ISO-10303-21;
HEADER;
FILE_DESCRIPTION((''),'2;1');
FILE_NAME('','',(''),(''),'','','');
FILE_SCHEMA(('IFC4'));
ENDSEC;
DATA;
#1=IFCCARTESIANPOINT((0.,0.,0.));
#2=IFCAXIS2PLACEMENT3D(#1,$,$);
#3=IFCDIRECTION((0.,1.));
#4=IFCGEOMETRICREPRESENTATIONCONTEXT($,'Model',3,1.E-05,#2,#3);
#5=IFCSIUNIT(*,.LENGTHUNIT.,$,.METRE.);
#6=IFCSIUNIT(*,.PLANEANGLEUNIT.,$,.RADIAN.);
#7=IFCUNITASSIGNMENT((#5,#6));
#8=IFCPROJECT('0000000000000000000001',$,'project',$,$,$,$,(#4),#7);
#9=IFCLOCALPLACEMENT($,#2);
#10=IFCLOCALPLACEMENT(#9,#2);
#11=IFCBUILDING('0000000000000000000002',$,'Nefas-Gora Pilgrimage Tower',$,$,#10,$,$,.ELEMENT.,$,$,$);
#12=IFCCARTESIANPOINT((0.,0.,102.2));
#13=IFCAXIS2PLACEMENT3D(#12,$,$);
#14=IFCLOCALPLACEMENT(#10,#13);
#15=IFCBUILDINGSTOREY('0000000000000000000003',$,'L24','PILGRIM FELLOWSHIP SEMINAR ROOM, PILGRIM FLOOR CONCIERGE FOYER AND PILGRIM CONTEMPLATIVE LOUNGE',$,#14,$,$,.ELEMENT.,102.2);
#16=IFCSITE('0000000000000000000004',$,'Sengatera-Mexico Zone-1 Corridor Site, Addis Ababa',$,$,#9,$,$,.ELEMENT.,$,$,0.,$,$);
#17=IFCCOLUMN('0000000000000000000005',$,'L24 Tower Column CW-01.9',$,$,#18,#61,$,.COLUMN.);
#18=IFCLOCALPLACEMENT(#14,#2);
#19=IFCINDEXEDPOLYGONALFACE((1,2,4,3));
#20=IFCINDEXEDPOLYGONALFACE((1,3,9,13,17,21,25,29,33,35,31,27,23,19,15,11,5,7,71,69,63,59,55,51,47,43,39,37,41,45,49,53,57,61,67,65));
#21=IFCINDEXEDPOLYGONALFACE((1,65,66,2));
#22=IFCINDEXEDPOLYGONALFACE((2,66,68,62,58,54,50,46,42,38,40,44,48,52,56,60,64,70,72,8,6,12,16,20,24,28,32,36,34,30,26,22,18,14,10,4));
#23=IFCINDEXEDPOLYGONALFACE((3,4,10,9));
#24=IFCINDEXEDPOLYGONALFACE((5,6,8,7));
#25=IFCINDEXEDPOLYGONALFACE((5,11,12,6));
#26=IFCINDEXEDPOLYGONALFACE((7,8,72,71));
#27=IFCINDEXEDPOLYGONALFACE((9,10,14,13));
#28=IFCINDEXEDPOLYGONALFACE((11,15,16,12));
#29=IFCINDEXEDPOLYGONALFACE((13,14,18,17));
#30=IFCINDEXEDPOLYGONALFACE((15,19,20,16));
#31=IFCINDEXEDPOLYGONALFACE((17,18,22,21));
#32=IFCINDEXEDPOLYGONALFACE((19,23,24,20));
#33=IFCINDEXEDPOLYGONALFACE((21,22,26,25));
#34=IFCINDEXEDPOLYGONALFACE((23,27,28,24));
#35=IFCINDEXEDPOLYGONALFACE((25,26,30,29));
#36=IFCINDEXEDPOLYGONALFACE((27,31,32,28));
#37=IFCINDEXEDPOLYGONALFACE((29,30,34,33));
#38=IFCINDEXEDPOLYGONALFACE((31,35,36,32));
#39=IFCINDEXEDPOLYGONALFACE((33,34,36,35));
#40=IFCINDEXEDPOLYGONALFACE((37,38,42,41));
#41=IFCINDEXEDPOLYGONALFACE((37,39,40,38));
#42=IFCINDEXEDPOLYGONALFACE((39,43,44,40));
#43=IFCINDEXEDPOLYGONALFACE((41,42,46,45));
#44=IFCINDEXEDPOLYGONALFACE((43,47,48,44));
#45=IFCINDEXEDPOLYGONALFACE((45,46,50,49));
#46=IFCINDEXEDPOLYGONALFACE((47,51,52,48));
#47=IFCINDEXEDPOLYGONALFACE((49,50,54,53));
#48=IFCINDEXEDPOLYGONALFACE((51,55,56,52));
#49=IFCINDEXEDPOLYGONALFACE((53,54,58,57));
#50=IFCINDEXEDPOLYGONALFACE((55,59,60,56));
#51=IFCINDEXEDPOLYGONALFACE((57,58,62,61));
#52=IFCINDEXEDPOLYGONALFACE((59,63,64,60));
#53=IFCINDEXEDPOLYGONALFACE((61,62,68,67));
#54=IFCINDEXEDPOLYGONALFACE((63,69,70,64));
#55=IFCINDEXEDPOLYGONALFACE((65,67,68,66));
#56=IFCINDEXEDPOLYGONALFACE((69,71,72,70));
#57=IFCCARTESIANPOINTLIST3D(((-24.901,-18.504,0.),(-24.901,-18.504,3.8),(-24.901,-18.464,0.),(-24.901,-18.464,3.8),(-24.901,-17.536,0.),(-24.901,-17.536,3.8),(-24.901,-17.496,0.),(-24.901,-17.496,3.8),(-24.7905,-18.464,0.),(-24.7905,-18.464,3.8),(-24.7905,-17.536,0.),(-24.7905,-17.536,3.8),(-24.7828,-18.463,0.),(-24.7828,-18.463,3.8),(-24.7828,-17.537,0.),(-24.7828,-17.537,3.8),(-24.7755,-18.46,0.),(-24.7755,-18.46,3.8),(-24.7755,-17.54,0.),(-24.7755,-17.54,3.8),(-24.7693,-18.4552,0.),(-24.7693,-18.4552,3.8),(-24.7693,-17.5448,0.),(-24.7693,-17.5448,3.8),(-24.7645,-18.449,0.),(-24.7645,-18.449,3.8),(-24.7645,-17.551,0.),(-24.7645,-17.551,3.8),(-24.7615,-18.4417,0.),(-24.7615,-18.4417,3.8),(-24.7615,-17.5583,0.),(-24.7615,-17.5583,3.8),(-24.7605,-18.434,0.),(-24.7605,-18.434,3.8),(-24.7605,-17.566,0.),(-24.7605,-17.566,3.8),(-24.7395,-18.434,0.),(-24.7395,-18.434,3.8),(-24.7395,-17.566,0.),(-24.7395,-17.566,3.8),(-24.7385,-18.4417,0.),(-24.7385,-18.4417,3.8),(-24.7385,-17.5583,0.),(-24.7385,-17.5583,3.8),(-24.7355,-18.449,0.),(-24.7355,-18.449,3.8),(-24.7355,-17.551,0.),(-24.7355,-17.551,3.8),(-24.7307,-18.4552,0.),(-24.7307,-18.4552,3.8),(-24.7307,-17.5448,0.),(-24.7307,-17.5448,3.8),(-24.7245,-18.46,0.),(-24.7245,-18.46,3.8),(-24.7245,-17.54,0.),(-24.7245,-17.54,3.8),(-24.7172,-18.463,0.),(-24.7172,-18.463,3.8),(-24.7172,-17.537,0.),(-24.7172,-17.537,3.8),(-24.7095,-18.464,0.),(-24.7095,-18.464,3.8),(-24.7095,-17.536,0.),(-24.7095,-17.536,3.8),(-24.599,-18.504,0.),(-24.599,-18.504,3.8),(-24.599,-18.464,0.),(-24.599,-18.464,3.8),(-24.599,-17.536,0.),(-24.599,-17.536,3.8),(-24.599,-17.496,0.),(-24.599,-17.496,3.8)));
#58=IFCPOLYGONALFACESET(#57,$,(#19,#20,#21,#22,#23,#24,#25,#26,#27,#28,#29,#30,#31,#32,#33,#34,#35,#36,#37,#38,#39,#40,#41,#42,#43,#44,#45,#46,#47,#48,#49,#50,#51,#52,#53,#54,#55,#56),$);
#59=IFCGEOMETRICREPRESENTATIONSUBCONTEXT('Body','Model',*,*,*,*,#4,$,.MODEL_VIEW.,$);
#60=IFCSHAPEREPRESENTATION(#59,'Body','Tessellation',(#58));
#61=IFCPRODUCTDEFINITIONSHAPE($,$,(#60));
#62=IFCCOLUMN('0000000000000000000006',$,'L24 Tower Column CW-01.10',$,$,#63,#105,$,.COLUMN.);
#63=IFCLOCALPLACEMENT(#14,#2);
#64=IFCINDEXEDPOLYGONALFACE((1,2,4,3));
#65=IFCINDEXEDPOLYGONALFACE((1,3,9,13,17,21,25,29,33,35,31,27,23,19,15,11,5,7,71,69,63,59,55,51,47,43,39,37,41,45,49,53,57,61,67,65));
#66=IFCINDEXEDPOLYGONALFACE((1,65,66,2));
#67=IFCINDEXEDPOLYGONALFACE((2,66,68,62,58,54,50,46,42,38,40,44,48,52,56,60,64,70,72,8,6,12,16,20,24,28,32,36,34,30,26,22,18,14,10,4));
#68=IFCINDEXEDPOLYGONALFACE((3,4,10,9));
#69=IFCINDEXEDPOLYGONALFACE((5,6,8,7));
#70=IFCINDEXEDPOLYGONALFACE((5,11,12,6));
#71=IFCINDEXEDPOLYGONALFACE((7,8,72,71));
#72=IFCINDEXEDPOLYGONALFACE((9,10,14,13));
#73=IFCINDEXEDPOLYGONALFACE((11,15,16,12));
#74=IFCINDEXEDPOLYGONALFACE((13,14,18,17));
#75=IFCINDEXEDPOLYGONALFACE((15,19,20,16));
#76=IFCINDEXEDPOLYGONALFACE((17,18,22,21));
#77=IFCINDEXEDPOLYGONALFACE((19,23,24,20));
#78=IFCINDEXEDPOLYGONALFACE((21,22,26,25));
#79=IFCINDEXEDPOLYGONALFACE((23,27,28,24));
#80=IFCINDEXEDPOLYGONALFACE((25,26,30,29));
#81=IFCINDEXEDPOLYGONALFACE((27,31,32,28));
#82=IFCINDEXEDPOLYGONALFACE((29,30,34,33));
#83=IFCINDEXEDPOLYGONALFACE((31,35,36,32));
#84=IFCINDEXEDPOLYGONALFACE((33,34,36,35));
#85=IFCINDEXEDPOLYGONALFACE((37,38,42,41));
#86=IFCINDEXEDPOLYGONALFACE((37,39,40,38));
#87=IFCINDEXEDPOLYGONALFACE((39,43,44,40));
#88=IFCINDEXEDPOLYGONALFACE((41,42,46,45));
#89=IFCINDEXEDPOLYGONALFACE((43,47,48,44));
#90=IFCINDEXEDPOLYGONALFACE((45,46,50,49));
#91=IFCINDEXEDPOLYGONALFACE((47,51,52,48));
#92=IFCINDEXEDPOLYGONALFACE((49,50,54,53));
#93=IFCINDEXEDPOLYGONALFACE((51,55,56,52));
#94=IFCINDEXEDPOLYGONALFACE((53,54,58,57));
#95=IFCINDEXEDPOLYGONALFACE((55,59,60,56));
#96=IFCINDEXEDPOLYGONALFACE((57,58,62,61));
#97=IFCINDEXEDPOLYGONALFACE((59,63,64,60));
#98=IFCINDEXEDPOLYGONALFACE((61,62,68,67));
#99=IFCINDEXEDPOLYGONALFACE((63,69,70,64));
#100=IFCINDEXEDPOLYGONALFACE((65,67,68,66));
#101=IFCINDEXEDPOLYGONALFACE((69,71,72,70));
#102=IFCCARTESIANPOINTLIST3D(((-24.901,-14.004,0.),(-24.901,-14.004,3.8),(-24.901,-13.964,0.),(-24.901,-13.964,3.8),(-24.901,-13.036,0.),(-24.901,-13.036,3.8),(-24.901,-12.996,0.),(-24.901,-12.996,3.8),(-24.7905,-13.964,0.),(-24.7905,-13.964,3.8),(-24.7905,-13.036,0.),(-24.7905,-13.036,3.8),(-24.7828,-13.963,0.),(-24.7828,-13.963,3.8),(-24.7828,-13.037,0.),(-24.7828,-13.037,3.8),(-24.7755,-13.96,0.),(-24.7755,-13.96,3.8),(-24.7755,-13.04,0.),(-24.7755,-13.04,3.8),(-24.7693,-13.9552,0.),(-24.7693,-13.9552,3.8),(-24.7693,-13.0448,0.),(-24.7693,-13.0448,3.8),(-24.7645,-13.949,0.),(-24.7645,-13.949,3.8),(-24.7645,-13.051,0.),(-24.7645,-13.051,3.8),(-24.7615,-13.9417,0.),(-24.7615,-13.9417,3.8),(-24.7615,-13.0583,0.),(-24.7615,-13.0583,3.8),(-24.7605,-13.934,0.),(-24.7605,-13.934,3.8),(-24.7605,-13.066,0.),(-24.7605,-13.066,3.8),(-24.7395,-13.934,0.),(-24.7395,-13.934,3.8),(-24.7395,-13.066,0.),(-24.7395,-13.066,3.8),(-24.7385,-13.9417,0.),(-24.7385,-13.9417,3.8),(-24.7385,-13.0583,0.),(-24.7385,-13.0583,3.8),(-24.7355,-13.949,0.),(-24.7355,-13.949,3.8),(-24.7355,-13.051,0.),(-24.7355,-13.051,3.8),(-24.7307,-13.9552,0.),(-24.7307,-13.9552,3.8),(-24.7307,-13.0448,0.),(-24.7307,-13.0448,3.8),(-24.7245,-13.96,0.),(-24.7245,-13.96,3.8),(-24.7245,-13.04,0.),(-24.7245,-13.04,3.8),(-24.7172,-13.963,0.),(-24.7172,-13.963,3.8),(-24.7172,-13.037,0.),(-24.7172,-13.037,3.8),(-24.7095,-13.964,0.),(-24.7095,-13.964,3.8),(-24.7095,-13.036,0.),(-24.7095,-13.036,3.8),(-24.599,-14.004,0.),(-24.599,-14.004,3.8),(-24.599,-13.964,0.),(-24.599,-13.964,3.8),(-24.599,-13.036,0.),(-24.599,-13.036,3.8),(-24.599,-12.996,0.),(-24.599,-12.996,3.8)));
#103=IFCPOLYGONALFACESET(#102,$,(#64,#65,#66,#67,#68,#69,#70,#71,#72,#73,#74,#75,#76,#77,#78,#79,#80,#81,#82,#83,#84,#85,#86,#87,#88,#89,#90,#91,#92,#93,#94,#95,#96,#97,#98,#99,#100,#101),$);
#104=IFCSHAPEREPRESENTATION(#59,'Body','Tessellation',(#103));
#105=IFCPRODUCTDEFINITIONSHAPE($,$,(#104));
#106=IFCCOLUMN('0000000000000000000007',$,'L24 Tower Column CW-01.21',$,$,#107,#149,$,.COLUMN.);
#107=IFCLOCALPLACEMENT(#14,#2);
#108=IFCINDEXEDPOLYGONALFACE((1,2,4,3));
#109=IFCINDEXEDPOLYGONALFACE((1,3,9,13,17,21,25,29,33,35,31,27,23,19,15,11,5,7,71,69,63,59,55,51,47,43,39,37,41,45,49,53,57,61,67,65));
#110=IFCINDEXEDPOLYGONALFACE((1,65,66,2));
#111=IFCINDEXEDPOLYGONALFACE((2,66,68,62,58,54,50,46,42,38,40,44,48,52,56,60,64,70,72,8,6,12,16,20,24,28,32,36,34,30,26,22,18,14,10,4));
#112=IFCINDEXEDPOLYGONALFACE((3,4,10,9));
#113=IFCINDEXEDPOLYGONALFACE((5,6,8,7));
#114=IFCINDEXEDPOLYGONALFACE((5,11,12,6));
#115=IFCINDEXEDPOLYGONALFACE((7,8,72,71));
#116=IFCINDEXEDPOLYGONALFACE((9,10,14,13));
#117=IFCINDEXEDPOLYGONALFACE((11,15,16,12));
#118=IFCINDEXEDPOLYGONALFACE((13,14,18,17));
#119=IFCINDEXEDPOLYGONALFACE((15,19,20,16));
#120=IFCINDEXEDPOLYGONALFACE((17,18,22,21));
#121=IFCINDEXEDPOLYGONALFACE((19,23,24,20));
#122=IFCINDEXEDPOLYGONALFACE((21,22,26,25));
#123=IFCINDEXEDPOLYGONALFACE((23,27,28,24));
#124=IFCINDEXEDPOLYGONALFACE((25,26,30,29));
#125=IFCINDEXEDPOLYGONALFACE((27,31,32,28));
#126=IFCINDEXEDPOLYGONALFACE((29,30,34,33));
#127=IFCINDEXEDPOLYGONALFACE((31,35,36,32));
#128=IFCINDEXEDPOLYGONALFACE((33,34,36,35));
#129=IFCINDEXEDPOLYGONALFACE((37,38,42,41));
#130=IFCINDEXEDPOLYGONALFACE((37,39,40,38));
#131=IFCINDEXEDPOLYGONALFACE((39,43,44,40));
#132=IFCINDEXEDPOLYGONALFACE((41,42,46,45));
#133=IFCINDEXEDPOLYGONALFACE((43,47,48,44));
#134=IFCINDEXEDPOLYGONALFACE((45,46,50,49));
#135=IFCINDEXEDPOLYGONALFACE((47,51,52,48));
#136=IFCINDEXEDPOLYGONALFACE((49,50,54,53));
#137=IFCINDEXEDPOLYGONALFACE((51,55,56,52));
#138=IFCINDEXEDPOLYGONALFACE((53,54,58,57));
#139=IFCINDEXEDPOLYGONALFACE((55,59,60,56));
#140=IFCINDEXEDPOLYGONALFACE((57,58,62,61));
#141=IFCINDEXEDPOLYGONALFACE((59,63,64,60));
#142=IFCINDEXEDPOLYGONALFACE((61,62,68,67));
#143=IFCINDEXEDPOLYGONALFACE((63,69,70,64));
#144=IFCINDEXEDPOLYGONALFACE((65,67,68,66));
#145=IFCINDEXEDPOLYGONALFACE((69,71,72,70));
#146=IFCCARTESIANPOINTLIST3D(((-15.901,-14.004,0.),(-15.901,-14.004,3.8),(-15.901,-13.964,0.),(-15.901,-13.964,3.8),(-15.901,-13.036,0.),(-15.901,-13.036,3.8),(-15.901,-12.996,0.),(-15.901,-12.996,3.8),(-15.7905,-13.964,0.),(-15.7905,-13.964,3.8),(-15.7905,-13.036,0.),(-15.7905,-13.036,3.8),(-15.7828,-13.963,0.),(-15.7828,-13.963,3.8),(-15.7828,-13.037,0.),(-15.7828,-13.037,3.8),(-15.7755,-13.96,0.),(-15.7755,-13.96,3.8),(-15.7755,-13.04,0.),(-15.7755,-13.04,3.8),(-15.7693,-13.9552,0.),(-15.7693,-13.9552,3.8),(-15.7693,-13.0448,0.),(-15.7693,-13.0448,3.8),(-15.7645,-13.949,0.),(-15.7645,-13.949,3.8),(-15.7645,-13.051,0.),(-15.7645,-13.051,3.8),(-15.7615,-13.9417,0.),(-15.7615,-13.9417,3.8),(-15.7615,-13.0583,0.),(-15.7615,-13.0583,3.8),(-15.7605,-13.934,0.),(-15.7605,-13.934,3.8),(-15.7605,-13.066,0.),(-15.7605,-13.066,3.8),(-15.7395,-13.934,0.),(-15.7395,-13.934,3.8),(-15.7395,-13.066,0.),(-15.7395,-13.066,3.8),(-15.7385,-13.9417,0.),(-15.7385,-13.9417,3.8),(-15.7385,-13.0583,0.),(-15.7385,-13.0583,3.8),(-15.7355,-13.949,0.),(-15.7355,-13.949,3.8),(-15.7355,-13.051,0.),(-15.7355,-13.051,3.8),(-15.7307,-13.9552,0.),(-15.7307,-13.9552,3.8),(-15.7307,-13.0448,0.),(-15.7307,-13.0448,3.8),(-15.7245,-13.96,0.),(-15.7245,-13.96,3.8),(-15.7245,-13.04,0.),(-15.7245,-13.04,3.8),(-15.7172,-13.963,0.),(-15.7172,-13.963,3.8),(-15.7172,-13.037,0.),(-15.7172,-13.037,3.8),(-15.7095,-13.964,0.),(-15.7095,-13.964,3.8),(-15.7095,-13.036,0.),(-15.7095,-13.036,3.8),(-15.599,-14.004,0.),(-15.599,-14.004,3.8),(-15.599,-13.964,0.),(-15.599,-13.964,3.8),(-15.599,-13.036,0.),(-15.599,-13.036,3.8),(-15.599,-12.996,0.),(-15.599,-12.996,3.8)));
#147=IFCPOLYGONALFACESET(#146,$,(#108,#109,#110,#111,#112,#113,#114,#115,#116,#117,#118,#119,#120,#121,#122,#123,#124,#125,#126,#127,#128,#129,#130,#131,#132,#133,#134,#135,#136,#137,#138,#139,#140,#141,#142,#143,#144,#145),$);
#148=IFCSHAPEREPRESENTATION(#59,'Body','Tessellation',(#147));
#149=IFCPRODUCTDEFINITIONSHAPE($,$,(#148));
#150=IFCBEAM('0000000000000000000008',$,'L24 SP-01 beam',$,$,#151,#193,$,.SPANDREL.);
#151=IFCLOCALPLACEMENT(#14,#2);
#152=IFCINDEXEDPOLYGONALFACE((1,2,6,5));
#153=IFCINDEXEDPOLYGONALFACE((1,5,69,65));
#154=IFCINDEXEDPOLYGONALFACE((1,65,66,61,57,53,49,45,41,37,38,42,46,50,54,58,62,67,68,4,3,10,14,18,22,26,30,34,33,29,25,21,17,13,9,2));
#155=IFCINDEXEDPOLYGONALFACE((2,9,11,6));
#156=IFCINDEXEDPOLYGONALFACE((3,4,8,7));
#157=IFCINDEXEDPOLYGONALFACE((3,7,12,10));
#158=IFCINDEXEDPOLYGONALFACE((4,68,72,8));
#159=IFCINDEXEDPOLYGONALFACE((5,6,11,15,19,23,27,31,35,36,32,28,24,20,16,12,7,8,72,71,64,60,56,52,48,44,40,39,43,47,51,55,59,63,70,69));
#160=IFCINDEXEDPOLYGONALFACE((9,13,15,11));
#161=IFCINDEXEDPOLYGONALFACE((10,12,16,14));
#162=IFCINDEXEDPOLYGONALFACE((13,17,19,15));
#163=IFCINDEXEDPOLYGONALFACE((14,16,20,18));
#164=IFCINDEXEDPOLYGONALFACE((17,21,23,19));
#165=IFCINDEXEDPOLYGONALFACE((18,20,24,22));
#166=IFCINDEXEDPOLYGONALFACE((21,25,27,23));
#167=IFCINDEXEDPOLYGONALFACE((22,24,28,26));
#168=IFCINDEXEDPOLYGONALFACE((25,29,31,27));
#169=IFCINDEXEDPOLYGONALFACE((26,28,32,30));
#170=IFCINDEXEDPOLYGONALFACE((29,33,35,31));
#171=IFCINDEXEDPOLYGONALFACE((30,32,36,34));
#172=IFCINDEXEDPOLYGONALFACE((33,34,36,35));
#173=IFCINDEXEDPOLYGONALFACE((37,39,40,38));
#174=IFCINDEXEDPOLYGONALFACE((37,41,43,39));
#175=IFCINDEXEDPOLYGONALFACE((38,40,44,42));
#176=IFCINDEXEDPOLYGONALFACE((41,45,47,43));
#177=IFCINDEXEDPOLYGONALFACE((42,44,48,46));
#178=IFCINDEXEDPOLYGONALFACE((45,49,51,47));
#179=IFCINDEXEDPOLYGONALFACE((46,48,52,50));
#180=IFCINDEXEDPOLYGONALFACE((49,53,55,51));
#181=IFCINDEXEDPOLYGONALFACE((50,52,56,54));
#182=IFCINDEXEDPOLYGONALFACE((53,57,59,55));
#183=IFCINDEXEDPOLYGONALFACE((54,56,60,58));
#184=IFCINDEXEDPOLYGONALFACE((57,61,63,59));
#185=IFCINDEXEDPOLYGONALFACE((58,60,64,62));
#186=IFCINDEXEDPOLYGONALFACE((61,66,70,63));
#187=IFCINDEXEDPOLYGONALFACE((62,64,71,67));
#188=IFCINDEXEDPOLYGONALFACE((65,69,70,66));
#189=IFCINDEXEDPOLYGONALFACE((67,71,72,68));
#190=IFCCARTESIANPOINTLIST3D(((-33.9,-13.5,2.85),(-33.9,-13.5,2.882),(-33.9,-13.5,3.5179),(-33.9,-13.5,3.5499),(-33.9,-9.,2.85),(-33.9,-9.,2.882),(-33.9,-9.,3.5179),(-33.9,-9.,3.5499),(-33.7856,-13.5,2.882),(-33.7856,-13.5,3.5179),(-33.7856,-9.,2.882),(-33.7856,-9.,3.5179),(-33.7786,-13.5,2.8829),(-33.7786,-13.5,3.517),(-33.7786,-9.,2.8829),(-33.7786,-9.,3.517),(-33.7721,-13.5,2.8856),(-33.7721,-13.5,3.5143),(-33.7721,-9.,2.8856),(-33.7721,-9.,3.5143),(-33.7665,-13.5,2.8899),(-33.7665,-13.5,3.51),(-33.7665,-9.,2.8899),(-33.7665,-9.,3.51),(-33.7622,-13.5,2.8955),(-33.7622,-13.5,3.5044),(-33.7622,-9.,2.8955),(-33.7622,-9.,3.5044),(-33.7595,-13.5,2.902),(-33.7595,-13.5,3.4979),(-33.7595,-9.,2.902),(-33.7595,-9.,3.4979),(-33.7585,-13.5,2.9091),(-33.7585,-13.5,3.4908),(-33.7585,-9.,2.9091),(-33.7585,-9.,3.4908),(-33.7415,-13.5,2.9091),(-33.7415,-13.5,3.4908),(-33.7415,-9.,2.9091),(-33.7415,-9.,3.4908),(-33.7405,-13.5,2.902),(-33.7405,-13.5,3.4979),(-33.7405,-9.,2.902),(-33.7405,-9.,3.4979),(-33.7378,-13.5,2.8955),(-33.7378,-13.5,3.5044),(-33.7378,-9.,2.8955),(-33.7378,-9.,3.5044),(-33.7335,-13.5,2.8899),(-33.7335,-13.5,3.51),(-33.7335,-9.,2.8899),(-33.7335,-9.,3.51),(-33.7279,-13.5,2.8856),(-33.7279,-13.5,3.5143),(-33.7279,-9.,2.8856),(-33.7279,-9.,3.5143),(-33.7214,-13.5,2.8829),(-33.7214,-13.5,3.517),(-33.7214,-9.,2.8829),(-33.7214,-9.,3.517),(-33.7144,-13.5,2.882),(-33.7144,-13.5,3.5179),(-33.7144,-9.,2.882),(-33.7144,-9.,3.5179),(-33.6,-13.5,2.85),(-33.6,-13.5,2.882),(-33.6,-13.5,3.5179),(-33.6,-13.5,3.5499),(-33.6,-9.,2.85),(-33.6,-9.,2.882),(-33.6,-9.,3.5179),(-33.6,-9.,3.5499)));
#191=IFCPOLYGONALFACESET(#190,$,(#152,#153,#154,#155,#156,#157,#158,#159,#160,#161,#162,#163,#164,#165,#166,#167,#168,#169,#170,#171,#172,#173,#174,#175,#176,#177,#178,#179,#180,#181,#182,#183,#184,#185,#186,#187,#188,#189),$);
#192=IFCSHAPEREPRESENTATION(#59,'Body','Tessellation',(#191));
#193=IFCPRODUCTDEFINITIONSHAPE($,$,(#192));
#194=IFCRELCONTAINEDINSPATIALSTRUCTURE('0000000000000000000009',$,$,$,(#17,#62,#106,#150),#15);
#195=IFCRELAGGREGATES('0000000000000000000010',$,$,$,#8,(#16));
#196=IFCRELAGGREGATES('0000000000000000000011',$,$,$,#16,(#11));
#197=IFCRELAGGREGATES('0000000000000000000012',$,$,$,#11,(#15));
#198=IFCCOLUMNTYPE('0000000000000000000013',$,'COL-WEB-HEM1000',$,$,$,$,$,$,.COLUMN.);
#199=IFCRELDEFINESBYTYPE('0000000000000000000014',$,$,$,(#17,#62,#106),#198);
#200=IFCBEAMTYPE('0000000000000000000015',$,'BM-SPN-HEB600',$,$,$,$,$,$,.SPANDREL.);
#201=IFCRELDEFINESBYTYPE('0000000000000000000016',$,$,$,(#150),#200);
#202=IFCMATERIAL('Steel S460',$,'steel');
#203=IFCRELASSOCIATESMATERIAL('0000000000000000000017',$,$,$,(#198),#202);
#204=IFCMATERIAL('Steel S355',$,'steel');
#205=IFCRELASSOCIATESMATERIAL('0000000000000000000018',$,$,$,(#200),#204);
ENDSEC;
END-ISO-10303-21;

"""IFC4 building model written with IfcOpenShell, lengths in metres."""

from ifc_helpers import new_model, si_unit, direction, frame, origin, origin_2d, place, context, subcontext, project, spatial, i_section, extrude, source, transform, mapped, material, material_profile, profile_set, type_object, element, save


model = new_model("IFC4")

# Units and contexts
model_context = context("Model", 3, precision=1e-05, world=origin(), true_north=direction((0.0, 1.0)))
body_context = subcontext(model_context, "Body", "Model", "MODEL_VIEW")
ifc_project = project(units=[si_unit("LENGTHUNIT", "METRE"), si_unit("PLANEANGLEUNIT", "RADIAN")], contexts=[model_context])

# Site, building, storey
site_placement = place(None, origin())
site = spatial("IfcSite", under=ifc_project, at=site_placement, Name="Sengatera-Mexico Zone-1 Corridor Site, Addis Ababa", CompositionType="ELEMENT", RefElevation=0.0)
building_placement = place(site_placement, origin())
building = spatial("IfcBuilding", under=site, at=building_placement, Name="Nefas-Gora Pilgrimage Tower", CompositionType="ELEMENT")
storey_placement = place(building_placement, frame((0.0, 0.0, 102.2)))
storey = spatial("IfcBuildingStorey", under=building, at=storey_placement, Name="L24", Description="PILGRIM FELLOWSHIP SEMINAR ROOM, PILGRIM FLOOR CONCIERGE FOYER AND PILGRIM CONTEMPLATIVE LOUNGE", CompositionType="ELEMENT", Elevation=102.2)

# Columns
ifc_material_1 = material(Name="Steel S460", Category="steel")
ifc_material_profile_1 = material_profile(ifc_material_1, i_section(OverallWidth=0.302, OverallDepth=1.0081, WebThickness=0.021, FlangeThickness=0.04, FilletRadius=0.03, at=origin_2d()), Name="HEM 1000")
ifc_profile_set_1 = profile_set([ifc_material_profile_1], Name="Steel S460")
column_type_1 = type_object("IfcColumnType", Name="COL-WEB-HEM1000", PredefinedType="COLUMN", material=ifc_profile_set_1)
shared_shape_1 = source(origin(), body_context, "Body", "SweptSolid", [
    extrude(i_section(OverallWidth=0.302, OverallDepth=1.0081, WebThickness=0.021, FlangeThickness=0.04, FilletRadius=0.03, at=origin_2d()), origin(), (0.0, 0.0, 1.0), 3.8),
])
for number, where, z_axis, x_axis, name in (
    (1, (-24.75, -18.0, 0.0), (0.0, 0.0, 1.0), (1.0, 0.0, 0.0), "L24 Tower Column CW-01.9"),
    (2, (-24.75, -13.5, 0.0), (0.0, 0.0, 1.0), (1.0, 0.0, 0.0), "L24 Tower Column CW-01.10"),
    (3, (-15.75, -13.5, 0.0), (0.0, 0.0, 1.0), (1.0, 0.0, 0.0), "L24 Tower Column CW-01.21"),
):
    element("IfcColumn", number, at=place(storey_placement, frame(where, z_axis=z_axis, x_axis=x_axis)), inside=storey, type_object=column_type_1, Name=name, PredefinedType="COLUMN", context=body_context, shape_type="MappedRepresentation", body=[
        mapped(shared_shape_1, transform((0.0, 0.0, 0.0), x_axis=(1.0, 0.0, 0.0), y_axis=(0.0, 1.0, 0.0), z_axis=(0.0, 0.0, 1.0), scale=1.0)),
    ])

# Beam
ifc_material_2 = material(Name="Steel S355", Category="steel")
ifc_material_profile_2 = material_profile(ifc_material_2, i_section(OverallWidth=0.3, OverallDepth=0.7, WebThickness=0.0171, FlangeThickness=0.032, FilletRadius=0.0271, at=origin_2d()), Name="HEB 700")
ifc_profile_set_2 = profile_set([ifc_material_profile_2], Name="Steel S355")
beam_type_1 = type_object("IfcBeamType", Name="BM-SPN-HEB600", PredefinedType="SPANDREL", material=ifc_profile_set_2)
shared_shape_2 = source(origin(), body_context, "Body", "SweptSolid", [
    extrude(i_section(OverallWidth=0.3, OverallDepth=0.7, WebThickness=0.0171, FlangeThickness=0.032, FilletRadius=0.0271, at=origin_2d()), origin(), (0.0, 0.0, 1.0), 4.5),
])
for number, where, z_axis, x_axis, name in (
    (4, (-33.75, -13.5, 3.2), (0.0, 1.0, 0.0), (-1.0, 0.0, 0.0), "L24 SP-01 beam"),
):
    element("IfcBeam", number, at=place(storey_placement, frame(where, z_axis=z_axis, x_axis=x_axis)), inside=storey, type_object=beam_type_1, Name=name, PredefinedType="SPANDREL", context=body_context, shape_type="MappedRepresentation", body=[
        mapped(shared_shape_2, transform((0.0, 0.0, 0.0), x_axis=(1.0, 0.0, 0.0), y_axis=(0.0, 1.0, 0.0), z_axis=(0.0, 0.0, 1.0), scale=1.0)),
    ])

save(model, "model.ifc")
